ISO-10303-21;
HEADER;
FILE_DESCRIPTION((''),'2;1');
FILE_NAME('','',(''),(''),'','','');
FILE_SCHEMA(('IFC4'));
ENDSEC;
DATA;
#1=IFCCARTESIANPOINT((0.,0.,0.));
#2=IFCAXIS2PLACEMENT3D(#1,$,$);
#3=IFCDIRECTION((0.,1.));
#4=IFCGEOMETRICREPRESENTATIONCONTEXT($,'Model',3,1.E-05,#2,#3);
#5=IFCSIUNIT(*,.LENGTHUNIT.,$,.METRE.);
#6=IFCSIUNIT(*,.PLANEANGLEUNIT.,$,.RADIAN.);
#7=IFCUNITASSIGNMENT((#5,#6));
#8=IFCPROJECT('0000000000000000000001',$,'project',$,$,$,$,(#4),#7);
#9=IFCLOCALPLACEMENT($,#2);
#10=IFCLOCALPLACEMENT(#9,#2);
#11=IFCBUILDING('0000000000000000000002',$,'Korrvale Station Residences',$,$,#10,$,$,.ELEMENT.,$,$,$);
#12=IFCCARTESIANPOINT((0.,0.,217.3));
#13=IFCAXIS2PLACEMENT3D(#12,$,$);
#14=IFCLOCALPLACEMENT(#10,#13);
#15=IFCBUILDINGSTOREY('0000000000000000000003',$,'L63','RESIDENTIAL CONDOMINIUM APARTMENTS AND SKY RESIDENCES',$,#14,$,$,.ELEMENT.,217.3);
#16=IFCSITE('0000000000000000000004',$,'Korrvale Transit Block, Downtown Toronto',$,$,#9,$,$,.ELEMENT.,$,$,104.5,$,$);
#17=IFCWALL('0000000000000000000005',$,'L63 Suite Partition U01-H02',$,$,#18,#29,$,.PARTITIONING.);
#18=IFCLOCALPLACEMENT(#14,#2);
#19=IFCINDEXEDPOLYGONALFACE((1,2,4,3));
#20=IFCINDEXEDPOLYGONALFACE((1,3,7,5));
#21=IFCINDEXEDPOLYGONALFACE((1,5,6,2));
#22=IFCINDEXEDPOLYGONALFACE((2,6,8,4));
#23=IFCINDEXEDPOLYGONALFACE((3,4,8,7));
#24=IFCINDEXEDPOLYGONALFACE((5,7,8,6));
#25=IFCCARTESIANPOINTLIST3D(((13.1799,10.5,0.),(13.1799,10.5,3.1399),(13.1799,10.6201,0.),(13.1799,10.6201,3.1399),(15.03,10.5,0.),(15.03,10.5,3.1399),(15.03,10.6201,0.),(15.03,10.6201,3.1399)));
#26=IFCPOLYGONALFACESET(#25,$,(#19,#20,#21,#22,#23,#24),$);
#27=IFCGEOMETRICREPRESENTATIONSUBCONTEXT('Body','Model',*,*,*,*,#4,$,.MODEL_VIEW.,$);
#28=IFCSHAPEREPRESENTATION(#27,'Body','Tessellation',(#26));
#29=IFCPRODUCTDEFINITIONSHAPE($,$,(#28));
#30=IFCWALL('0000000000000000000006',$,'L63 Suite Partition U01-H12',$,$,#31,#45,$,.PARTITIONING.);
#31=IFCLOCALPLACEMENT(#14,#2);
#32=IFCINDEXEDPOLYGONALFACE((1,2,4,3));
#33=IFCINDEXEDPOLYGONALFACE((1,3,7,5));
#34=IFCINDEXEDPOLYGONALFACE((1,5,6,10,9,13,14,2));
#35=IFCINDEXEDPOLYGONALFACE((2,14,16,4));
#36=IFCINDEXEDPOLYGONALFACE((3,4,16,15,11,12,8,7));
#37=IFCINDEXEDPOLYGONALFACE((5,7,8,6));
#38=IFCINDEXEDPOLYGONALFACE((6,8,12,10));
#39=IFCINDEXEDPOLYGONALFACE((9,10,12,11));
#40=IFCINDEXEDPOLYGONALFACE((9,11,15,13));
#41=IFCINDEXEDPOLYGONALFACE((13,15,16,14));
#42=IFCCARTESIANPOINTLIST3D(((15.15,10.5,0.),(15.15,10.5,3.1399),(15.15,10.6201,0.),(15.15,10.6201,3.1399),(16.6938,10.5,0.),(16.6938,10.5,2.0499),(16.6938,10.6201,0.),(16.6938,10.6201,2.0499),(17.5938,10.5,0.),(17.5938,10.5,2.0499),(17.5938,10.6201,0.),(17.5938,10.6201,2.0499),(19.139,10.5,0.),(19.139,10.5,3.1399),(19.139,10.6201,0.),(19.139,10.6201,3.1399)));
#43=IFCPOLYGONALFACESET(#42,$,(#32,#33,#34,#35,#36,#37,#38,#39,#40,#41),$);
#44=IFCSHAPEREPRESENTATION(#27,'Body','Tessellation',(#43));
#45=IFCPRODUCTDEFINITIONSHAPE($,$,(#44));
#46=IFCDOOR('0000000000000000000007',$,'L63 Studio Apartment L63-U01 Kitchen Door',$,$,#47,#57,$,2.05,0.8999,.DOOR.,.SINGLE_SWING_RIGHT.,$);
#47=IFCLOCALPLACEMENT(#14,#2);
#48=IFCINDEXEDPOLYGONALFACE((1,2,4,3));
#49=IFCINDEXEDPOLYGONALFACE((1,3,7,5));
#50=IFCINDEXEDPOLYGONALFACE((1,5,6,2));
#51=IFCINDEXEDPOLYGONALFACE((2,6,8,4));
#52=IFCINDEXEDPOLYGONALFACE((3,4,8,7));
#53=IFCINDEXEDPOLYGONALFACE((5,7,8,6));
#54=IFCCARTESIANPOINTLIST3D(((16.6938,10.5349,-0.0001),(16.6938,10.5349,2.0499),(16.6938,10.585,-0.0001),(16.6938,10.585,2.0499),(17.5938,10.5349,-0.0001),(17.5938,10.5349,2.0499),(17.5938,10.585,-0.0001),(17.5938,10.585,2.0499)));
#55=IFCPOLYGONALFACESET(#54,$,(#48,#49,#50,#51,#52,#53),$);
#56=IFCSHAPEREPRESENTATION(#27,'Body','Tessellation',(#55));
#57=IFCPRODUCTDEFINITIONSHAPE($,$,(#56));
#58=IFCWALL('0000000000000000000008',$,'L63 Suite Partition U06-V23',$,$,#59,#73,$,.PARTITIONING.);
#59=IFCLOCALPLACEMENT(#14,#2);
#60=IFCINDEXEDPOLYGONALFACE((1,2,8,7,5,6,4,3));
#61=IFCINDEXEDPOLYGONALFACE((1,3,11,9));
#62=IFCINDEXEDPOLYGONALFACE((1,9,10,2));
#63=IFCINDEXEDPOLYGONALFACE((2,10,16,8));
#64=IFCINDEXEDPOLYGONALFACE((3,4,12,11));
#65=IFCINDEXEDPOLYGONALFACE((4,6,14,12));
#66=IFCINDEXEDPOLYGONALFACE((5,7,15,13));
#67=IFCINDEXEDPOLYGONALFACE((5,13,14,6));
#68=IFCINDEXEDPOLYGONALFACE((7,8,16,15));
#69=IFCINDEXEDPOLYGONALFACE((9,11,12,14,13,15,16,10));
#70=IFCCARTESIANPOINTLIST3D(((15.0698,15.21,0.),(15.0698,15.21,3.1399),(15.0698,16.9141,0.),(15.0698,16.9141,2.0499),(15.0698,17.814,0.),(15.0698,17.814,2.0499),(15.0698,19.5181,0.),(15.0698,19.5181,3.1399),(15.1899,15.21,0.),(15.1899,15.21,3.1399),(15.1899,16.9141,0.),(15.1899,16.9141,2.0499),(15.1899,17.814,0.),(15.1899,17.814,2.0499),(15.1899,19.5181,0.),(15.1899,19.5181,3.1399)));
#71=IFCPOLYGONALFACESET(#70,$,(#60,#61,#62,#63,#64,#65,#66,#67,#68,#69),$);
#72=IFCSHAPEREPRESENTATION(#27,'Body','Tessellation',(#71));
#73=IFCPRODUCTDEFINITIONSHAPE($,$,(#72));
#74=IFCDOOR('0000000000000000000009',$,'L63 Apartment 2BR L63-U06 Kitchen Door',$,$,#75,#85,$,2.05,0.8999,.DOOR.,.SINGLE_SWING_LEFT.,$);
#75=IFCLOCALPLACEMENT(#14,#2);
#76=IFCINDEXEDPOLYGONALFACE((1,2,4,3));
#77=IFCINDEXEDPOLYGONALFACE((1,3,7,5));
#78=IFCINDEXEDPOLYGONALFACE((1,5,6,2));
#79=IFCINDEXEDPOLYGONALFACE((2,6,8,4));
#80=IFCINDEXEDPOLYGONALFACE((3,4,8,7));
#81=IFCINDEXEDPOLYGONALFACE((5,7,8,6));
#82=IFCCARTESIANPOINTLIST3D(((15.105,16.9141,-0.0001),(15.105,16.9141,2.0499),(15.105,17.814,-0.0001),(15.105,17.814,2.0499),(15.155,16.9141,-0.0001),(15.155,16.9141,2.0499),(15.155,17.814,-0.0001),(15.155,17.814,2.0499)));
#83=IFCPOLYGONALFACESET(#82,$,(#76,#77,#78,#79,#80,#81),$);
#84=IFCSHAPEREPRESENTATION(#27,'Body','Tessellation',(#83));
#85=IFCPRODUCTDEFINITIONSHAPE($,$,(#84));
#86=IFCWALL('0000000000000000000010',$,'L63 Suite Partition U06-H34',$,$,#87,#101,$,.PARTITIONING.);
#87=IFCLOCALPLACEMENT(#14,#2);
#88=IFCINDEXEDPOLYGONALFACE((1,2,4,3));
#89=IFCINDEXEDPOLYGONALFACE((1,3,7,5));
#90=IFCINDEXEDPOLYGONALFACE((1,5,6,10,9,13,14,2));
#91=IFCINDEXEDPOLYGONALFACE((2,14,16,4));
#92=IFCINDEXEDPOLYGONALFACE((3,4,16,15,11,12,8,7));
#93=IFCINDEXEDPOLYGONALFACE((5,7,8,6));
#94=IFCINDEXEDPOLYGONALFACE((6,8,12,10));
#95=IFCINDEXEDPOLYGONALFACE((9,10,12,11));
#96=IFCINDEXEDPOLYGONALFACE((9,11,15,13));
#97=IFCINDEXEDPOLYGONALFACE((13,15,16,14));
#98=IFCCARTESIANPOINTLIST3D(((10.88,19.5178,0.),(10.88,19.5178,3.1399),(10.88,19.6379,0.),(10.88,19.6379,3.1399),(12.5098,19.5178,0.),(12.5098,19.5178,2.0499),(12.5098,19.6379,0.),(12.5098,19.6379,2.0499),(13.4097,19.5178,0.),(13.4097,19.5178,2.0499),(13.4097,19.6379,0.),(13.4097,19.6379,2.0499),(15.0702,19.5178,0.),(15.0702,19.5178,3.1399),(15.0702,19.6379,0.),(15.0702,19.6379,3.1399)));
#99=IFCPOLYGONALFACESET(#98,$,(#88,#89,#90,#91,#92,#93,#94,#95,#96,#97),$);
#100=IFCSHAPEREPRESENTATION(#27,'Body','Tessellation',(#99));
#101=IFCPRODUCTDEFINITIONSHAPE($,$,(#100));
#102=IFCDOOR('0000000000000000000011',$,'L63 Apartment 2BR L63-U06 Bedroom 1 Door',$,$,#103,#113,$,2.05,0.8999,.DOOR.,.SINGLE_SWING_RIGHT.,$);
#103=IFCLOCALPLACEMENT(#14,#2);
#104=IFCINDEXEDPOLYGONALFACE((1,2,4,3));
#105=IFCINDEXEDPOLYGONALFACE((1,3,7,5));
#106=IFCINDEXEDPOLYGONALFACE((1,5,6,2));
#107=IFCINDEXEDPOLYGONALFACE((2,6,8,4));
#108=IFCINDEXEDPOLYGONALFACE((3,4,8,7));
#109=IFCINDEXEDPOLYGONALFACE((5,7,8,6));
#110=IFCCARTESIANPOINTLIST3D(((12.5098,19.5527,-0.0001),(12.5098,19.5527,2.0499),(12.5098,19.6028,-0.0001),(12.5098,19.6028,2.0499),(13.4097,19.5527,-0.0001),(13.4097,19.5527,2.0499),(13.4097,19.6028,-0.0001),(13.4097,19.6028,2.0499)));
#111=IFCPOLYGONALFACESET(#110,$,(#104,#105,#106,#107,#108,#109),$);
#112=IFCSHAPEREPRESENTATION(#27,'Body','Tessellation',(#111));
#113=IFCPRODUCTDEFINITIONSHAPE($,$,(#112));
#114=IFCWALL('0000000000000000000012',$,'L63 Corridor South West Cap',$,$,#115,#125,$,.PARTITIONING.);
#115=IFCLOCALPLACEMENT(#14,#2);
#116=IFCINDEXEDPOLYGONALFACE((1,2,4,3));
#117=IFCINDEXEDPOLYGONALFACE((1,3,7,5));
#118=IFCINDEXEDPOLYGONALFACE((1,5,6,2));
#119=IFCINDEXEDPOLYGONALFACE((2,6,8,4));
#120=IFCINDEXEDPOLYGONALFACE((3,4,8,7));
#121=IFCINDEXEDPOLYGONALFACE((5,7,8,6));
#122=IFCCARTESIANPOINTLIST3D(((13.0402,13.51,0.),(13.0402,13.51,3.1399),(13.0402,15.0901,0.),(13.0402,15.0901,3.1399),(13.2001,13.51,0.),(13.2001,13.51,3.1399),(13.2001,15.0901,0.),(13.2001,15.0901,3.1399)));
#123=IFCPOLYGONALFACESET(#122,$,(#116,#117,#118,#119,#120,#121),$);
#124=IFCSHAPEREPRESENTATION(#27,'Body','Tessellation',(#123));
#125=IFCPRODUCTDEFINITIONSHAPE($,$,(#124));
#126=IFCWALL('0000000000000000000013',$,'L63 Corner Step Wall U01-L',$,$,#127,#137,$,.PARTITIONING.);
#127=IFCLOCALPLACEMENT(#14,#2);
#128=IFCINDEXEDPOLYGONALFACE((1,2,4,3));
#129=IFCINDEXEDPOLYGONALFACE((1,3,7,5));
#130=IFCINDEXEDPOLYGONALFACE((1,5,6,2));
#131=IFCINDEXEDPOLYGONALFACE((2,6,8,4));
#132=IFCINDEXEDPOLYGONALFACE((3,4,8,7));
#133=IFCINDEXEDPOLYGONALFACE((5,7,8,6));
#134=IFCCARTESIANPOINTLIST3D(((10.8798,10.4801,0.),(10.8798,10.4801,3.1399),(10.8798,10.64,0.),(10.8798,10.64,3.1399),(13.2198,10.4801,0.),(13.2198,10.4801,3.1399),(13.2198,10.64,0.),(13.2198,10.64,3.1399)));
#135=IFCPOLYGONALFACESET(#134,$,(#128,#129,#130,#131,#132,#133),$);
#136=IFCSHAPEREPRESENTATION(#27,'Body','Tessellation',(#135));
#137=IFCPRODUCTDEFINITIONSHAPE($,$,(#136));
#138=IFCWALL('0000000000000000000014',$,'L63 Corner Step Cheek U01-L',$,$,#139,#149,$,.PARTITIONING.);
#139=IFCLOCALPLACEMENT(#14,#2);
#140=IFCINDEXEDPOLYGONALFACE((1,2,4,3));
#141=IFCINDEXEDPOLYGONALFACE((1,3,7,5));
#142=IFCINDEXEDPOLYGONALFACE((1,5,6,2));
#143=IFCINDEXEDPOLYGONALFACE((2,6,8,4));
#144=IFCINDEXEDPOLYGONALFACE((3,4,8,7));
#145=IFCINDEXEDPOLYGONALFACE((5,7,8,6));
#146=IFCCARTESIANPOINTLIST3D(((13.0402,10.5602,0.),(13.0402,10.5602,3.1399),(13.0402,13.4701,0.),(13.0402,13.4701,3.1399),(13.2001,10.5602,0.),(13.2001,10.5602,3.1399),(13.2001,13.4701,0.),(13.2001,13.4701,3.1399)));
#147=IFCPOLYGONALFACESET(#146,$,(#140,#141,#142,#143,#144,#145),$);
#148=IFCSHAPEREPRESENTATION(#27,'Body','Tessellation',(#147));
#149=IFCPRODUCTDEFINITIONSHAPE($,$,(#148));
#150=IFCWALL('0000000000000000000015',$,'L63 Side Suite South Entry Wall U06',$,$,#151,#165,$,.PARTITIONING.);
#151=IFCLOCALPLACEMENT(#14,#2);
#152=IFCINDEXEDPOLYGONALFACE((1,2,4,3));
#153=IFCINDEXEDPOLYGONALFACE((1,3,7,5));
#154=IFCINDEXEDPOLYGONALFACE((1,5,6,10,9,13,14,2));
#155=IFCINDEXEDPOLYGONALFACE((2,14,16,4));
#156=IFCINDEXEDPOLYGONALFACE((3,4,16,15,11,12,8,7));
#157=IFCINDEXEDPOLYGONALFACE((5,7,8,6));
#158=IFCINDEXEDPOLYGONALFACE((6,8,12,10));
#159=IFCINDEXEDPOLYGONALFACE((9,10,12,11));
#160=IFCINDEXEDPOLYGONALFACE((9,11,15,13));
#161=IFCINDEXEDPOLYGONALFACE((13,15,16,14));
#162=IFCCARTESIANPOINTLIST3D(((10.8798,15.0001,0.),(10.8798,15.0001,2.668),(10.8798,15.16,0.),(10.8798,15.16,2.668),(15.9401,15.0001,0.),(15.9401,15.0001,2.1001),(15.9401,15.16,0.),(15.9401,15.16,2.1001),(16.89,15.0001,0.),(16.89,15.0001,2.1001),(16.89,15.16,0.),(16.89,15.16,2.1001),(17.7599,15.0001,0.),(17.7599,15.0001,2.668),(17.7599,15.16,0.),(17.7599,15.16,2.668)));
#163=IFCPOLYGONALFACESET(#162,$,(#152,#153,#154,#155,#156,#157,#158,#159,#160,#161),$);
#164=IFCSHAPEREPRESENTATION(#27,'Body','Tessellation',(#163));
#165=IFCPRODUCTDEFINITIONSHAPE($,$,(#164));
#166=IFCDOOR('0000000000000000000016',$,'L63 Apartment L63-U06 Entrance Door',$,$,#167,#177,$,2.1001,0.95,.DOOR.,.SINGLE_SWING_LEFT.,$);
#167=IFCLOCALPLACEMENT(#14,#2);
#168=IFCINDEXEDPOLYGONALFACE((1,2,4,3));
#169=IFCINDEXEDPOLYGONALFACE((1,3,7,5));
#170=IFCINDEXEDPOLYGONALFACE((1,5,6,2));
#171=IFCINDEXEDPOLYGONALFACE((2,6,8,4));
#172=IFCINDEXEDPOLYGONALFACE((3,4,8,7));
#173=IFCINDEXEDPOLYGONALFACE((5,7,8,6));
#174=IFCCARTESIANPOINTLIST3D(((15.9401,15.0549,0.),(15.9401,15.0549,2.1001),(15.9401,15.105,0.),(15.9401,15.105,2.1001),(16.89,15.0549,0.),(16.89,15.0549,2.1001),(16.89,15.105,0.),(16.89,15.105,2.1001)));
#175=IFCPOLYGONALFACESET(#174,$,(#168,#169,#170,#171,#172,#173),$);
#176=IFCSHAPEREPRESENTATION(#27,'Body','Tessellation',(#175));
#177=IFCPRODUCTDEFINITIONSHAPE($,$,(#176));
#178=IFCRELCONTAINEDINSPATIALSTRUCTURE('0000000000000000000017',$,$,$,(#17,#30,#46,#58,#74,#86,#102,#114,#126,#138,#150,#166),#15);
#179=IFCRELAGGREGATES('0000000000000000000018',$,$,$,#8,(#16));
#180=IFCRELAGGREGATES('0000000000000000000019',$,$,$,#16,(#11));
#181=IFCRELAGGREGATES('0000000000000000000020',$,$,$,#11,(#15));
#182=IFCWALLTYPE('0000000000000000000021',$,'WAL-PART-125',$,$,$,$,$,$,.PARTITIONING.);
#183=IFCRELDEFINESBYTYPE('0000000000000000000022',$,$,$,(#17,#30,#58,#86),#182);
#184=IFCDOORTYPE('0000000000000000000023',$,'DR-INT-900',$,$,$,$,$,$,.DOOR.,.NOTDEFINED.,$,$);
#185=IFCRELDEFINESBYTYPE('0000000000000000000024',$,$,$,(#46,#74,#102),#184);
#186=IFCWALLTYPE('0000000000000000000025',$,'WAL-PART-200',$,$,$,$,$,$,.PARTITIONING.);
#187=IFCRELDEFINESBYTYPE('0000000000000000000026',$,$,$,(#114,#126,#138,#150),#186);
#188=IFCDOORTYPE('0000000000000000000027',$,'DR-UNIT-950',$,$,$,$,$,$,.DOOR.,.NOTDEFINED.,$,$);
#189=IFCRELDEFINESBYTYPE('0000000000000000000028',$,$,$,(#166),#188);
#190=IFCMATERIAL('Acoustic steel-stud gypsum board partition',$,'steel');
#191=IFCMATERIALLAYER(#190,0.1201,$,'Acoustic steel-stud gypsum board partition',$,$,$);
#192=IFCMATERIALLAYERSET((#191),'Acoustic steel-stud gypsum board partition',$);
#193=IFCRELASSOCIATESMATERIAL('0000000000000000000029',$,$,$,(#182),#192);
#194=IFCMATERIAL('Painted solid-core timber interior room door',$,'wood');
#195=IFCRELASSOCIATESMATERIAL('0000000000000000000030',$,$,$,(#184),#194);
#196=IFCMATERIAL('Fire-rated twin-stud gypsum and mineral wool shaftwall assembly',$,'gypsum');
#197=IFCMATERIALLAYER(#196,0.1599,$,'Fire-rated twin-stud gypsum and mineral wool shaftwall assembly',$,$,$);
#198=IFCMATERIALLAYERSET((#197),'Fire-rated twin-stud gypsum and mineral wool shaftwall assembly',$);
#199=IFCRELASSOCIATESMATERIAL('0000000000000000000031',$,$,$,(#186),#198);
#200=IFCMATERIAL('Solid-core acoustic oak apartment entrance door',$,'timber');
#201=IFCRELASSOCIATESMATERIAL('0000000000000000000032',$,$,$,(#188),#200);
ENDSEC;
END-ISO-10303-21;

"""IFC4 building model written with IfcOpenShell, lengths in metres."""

from ifc_helpers import new_model, si_unit, direction, frame, frame_2d, origin, place, context, subcontext, project, spatial, rectangle, extrude, material, layer, layer_set, type_object, element, fill, save


model = new_model("IFC4")

# Units and contexts
model_context = context("Model", 3, precision=1e-05, world=origin(), true_north=direction((0.0, 1.0)))
body_context = subcontext(model_context, "Body", "Model", "MODEL_VIEW")
ifc_project = project(units=[si_unit("LENGTHUNIT", "METRE"), si_unit("PLANEANGLEUNIT", "RADIAN")], contexts=[model_context])

# Site, building, storey
site_placement = place(None, origin())
site = spatial("IfcSite", under=ifc_project, at=site_placement, Name="Korrvale Transit Block, Downtown Toronto", CompositionType="ELEMENT", RefElevation=104.5)
building_placement = place(site_placement, origin())
building = spatial("IfcBuilding", under=site, at=building_placement, Name="Korrvale Station Residences", CompositionType="ELEMENT")
storey_placement = place(building_placement, frame((0.0, 0.0, 217.3)))
storey = spatial("IfcBuildingStorey", under=building, at=storey_placement, Name="L63", Description="RESIDENTIAL CONDOMINIUM APARTMENTS AND SKY RESIDENCES", CompositionType="ELEMENT", Elevation=217.3)

# Shared definitions
ifc_material_1 = material(Name="Acoustic steel-stud gypsum board partition", Category="steel")
ifc_layer_1 = layer(ifc_material_1, 0.1201, Name="Acoustic steel-stud gypsum board partition")
ifc_layer_set_1 = layer_set([ifc_layer_1], Name="Acoustic steel-stud gypsum board partition")
wall_type_1 = type_object("IfcWallType", Name="WAL-PART-125", PredefinedType="PARTITIONING", material=ifc_layer_set_1)

# Wall
wall_1_placement = place(storey_placement, frame((13.1799, 10.5601, 0.0), z_axis=(0.0, 0.0, 1.0), x_axis=(1.0, 0.0, 0.0)))
element("IfcWall", 1, at=wall_1_placement, inside=storey, type_object=wall_type_1, Name="L63 Suite Partition U01-H02", PredefinedType="PARTITIONING", context=body_context, shape_type="SweptSolid", body=[
    extrude(rectangle(XDim=1.8501, YDim=0.1201, at=frame_2d((0.925, 0.0))), origin(), (0.0, 0.0, 1.0), 3.1399),
])

# Walls, openings, doors
wall_2_placement = place(storey_placement, frame((15.1499, 10.5601, 0.0), z_axis=(0.0, 0.0, 1.0), x_axis=(1.0, 0.0, 0.0)))
wall_2 = element("IfcWall", 2, at=wall_2_placement, inside=storey, type_object=wall_type_1, Name="L63 Suite Partition U01-H12", PredefinedType="PARTITIONING", context=body_context, shape_type="SweptSolid", body=[
    extrude(rectangle(XDim=3.989, YDim=0.1201, at=frame_2d((1.9946, 0.0))), origin(), (0.0, 0.0, 1.0), 3.1399),
])
opening_1_placement = place(wall_2_placement, frame((1.5439, 0.0, 0.0)))
opening_1 = element("IfcOpeningElement", 3, at=opening_1_placement, cuts=wall_2, PredefinedType="OPENING", context=body_context, shape_type="SweptSolid", body=[
    extrude(rectangle(XDim=0.8999, YDim=2.05, at=frame_2d((0.45, 1.0249))), frame((0.0, 0.0701, 0.0), z_axis=(0.0, -1.0, 0.0), x_axis=(1.0, 0.0, 0.0)), (0.0, 0.0, 1.0), 0.1401),
])
ifc_material_2 = material(Name="Painted solid-core timber interior room door", Category="wood")
door_type_1 = type_object("IfcDoorType", Name="DR-INT-900", OperationType="NOTDEFINED", PredefinedType="DOOR", material=ifc_material_2)
door_1_placement = place(opening_1_placement, origin())
door_1 = element("IfcDoor", 4, at=door_1_placement, inside=storey, type_object=door_type_1, Name="L63 Studio Apartment L63-U01 Kitchen Door", OperationType="SINGLE_SWING_RIGHT", OverallHeight=2.05, OverallWidth=0.8999, PredefinedType="DOOR", context=body_context, shape_type="SweptSolid", body=[
    extrude(rectangle(XDim=0.8999, YDim=2.05, at=frame_2d((0.45, 1.0249))), frame((0.0, 0.0249, 0.0), z_axis=(0.0, -1.0, 0.0), x_axis=(1.0, 0.0, 0.0)), (0.0, 0.0, 1.0), 0.05),
])
fill(opening_1, door_1)
wall_3_placement = place(storey_placement, frame((15.1299, 15.21, 0.0), z_axis=(0.0, 0.0, 1.0), x_axis=(0.0, 1.0, 0.0)))
wall_3 = element("IfcWall", 5, at=wall_3_placement, inside=storey, type_object=wall_type_1, Name="L63 Suite Partition U06-V23", PredefinedType="PARTITIONING", context=body_context, shape_type="SweptSolid", body=[
    extrude(rectangle(XDim=4.3081, YDim=0.1201, at=frame_2d((2.1541, 0.0))), origin(), (0.0, 0.0, 1.0), 3.1399),
])
opening_2_placement = place(wall_3_placement, frame((1.7041, 0.0, 0.0)))
opening_2 = element("IfcOpeningElement", 6, at=opening_2_placement, cuts=wall_3, PredefinedType="OPENING", context=body_context, shape_type="SweptSolid", body=[
    extrude(rectangle(XDim=0.8999, YDim=2.05, at=frame_2d((0.45, 1.0249))), frame((0.0, 0.0701, 0.0), z_axis=(0.0, -1.0, 0.0), x_axis=(1.0, 0.0, 0.0)), (0.0, 0.0, 1.0), 0.1401),
])
door_2_placement = place(opening_2_placement, origin())
door_2 = element("IfcDoor", 7, at=door_2_placement, inside=storey, type_object=door_type_1, Name="L63 Apartment 2BR L63-U06 Kitchen Door", OperationType="SINGLE_SWING_LEFT", OverallHeight=2.05, OverallWidth=0.8999, PredefinedType="DOOR", context=body_context, shape_type="SweptSolid", body=[
    extrude(rectangle(XDim=0.8999, YDim=2.05, at=frame_2d((0.45, 1.0249))), frame((0.0, 0.0249, 0.0), z_axis=(0.0, -1.0, 0.0), x_axis=(1.0, 0.0, 0.0)), (0.0, 0.0, 1.0), 0.05),
])
fill(opening_2, door_2)
wall_4_placement = place(storey_placement, frame((10.8799, 19.5779, 0.0), z_axis=(0.0, 0.0, 1.0), x_axis=(1.0, 0.0, 0.0)))
wall_4 = element("IfcWall", 8, at=wall_4_placement, inside=storey, type_object=wall_type_1, Name="L63 Suite Partition U06-H34", PredefinedType="PARTITIONING", context=body_context, shape_type="SweptSolid", body=[
    extrude(rectangle(XDim=4.1902, YDim=0.1201, at=frame_2d((2.0952, 0.0))), origin(), (0.0, 0.0, 1.0), 3.1399),
])
opening_3_placement = place(wall_4_placement, frame((1.6299, 0.0, 0.0)))
opening_3 = element("IfcOpeningElement", 9, at=opening_3_placement, cuts=wall_4, PredefinedType="OPENING", context=body_context, shape_type="SweptSolid", body=[
    extrude(rectangle(XDim=0.8999, YDim=2.05, at=frame_2d((0.45, 1.0249))), frame((0.0, 0.0701, 0.0), z_axis=(0.0, -1.0, 0.0), x_axis=(1.0, 0.0, 0.0)), (0.0, 0.0, 1.0), 0.1401),
])
door_3_placement = place(opening_3_placement, origin())
door_3 = element("IfcDoor", 10, at=door_3_placement, inside=storey, type_object=door_type_1, Name="L63 Apartment 2BR L63-U06 Bedroom 1 Door", OperationType="SINGLE_SWING_RIGHT", OverallHeight=2.05, OverallWidth=0.8999, PredefinedType="DOOR", context=body_context, shape_type="SweptSolid", body=[
    extrude(rectangle(XDim=0.8999, YDim=2.05, at=frame_2d((0.45, 1.0249))), frame((0.0, 0.0249, 0.0), z_axis=(0.0, -1.0, 0.0), x_axis=(1.0, 0.0, 0.0)), (0.0, 0.0, 1.0), 0.05),
])
fill(opening_3, door_3)

# Walls
ifc_material_3 = material(Name="Fire-rated twin-stud gypsum and mineral wool shaftwall assembly", Category="gypsum")
ifc_layer_2 = layer(ifc_material_3, 0.1599, Name="Fire-rated twin-stud gypsum and mineral wool shaftwall assembly")
ifc_layer_set_2 = layer_set([ifc_layer_2], Name="Fire-rated twin-stud gypsum and mineral wool shaftwall assembly")
wall_type_2 = type_object("IfcWallType", Name="WAL-PART-200", PredefinedType="PARTITIONING", material=ifc_layer_set_2)
wall_5_placement = place(storey_placement, frame((13.1201, 13.51, 0.0), z_axis=(0.0, 0.0, 1.0), x_axis=(0.0, 1.0, 0.0)))
element("IfcWall", 11, at=wall_5_placement, inside=storey, type_object=wall_type_2, Name="L63 Corridor South West Cap", PredefinedType="PARTITIONING", context=body_context, shape_type="SweptSolid", body=[
    extrude(rectangle(XDim=1.5801, YDim=0.1599, at=frame_2d((0.79, 0.0))), origin(), (0.0, 0.0, 1.0), 3.1399),
])
wall_6_placement = place(storey_placement, frame((10.8799, 10.5601, 0.0), z_axis=(0.0, 0.0, 1.0), x_axis=(1.0, 0.0, 0.0)))
element("IfcWall", 12, at=wall_6_placement, inside=storey, type_object=wall_type_2, Name="L63 Corner Step Wall U01-L", PredefinedType="PARTITIONING", context=body_context, shape_type="SweptSolid", body=[
    extrude(rectangle(XDim=2.3401, YDim=0.1599, at=frame_2d((1.1699, 0.0))), origin(), (0.0, 0.0, 1.0), 3.1399),
])
wall_7_placement = place(storey_placement, frame((13.1201, 10.5601, 0.0), z_axis=(0.0, 0.0, 1.0), x_axis=(0.0, 1.0, 0.0)))
element("IfcWall", 13, at=wall_7_placement, inside=storey, type_object=wall_type_2, Name="L63 Corner Step Cheek U01-L", PredefinedType="PARTITIONING", context=body_context, shape_type="SweptSolid", body=[
    extrude(rectangle(XDim=2.9099, YDim=0.1599, at=frame_2d((1.4551, 0.0))), origin(), (0.0, 0.0, 1.0), 3.1399),
])

# Wall, opening, door
wall_8_placement = place(storey_placement, frame((10.8799, 15.0801, 0.0), z_axis=(0.0, 0.0, 1.0), x_axis=(1.0, 0.0, 0.0)))
wall_8 = element("IfcWall", 14, at=wall_8_placement, inside=storey, type_object=wall_type_2, Name="L63 Side Suite South Entry Wall U06", PredefinedType="PARTITIONING", context=body_context, shape_type="SweptSolid", body=[
    extrude(rectangle(XDim=6.8801, YDim=0.1599, at=frame_2d((3.4399, 0.0))), origin(), (0.0, 0.0, 1.0), 2.668),
])
opening_4_placement = place(wall_8_placement, frame((5.0601, 0.0, 0.0)))
opening_4 = element("IfcOpeningElement", 15, at=opening_4_placement, cuts=wall_8, PredefinedType="OPENING", context=body_context, shape_type="SweptSolid", body=[
    extrude(rectangle(XDim=0.95, YDim=2.1001, at=frame_2d((0.4751, 1.05))), frame((0.0, 0.0898, 0.0), z_axis=(0.0, -1.0, 0.0), x_axis=(1.0, 0.0, 0.0)), (0.0, 0.0, 1.0), 0.1799),
])
ifc_material_4 = material(Name="Solid-core acoustic oak apartment entrance door", Category="timber")
door_type_2 = type_object("IfcDoorType", Name="DR-UNIT-950", OperationType="NOTDEFINED", PredefinedType="DOOR", material=ifc_material_4)
door_4_placement = place(opening_4_placement, origin())
door_4 = element("IfcDoor", 16, at=door_4_placement, inside=storey, type_object=door_type_2, Name="L63 Apartment L63-U06 Entrance Door", OperationType="SINGLE_SWING_LEFT", OverallHeight=2.1001, OverallWidth=0.95, PredefinedType="DOOR", context=body_context, shape_type="SweptSolid", body=[
    extrude(rectangle(XDim=0.95, YDim=2.1001, at=frame_2d((0.4751, 1.05))), frame((0.0, 0.0249, 0.0), z_axis=(0.0, -1.0, 0.0), x_axis=(1.0, 0.0, 0.0)), (0.0, 0.0, 1.0), 0.05),
])
fill(opening_4, door_4)

save(model, "model.ifc")
